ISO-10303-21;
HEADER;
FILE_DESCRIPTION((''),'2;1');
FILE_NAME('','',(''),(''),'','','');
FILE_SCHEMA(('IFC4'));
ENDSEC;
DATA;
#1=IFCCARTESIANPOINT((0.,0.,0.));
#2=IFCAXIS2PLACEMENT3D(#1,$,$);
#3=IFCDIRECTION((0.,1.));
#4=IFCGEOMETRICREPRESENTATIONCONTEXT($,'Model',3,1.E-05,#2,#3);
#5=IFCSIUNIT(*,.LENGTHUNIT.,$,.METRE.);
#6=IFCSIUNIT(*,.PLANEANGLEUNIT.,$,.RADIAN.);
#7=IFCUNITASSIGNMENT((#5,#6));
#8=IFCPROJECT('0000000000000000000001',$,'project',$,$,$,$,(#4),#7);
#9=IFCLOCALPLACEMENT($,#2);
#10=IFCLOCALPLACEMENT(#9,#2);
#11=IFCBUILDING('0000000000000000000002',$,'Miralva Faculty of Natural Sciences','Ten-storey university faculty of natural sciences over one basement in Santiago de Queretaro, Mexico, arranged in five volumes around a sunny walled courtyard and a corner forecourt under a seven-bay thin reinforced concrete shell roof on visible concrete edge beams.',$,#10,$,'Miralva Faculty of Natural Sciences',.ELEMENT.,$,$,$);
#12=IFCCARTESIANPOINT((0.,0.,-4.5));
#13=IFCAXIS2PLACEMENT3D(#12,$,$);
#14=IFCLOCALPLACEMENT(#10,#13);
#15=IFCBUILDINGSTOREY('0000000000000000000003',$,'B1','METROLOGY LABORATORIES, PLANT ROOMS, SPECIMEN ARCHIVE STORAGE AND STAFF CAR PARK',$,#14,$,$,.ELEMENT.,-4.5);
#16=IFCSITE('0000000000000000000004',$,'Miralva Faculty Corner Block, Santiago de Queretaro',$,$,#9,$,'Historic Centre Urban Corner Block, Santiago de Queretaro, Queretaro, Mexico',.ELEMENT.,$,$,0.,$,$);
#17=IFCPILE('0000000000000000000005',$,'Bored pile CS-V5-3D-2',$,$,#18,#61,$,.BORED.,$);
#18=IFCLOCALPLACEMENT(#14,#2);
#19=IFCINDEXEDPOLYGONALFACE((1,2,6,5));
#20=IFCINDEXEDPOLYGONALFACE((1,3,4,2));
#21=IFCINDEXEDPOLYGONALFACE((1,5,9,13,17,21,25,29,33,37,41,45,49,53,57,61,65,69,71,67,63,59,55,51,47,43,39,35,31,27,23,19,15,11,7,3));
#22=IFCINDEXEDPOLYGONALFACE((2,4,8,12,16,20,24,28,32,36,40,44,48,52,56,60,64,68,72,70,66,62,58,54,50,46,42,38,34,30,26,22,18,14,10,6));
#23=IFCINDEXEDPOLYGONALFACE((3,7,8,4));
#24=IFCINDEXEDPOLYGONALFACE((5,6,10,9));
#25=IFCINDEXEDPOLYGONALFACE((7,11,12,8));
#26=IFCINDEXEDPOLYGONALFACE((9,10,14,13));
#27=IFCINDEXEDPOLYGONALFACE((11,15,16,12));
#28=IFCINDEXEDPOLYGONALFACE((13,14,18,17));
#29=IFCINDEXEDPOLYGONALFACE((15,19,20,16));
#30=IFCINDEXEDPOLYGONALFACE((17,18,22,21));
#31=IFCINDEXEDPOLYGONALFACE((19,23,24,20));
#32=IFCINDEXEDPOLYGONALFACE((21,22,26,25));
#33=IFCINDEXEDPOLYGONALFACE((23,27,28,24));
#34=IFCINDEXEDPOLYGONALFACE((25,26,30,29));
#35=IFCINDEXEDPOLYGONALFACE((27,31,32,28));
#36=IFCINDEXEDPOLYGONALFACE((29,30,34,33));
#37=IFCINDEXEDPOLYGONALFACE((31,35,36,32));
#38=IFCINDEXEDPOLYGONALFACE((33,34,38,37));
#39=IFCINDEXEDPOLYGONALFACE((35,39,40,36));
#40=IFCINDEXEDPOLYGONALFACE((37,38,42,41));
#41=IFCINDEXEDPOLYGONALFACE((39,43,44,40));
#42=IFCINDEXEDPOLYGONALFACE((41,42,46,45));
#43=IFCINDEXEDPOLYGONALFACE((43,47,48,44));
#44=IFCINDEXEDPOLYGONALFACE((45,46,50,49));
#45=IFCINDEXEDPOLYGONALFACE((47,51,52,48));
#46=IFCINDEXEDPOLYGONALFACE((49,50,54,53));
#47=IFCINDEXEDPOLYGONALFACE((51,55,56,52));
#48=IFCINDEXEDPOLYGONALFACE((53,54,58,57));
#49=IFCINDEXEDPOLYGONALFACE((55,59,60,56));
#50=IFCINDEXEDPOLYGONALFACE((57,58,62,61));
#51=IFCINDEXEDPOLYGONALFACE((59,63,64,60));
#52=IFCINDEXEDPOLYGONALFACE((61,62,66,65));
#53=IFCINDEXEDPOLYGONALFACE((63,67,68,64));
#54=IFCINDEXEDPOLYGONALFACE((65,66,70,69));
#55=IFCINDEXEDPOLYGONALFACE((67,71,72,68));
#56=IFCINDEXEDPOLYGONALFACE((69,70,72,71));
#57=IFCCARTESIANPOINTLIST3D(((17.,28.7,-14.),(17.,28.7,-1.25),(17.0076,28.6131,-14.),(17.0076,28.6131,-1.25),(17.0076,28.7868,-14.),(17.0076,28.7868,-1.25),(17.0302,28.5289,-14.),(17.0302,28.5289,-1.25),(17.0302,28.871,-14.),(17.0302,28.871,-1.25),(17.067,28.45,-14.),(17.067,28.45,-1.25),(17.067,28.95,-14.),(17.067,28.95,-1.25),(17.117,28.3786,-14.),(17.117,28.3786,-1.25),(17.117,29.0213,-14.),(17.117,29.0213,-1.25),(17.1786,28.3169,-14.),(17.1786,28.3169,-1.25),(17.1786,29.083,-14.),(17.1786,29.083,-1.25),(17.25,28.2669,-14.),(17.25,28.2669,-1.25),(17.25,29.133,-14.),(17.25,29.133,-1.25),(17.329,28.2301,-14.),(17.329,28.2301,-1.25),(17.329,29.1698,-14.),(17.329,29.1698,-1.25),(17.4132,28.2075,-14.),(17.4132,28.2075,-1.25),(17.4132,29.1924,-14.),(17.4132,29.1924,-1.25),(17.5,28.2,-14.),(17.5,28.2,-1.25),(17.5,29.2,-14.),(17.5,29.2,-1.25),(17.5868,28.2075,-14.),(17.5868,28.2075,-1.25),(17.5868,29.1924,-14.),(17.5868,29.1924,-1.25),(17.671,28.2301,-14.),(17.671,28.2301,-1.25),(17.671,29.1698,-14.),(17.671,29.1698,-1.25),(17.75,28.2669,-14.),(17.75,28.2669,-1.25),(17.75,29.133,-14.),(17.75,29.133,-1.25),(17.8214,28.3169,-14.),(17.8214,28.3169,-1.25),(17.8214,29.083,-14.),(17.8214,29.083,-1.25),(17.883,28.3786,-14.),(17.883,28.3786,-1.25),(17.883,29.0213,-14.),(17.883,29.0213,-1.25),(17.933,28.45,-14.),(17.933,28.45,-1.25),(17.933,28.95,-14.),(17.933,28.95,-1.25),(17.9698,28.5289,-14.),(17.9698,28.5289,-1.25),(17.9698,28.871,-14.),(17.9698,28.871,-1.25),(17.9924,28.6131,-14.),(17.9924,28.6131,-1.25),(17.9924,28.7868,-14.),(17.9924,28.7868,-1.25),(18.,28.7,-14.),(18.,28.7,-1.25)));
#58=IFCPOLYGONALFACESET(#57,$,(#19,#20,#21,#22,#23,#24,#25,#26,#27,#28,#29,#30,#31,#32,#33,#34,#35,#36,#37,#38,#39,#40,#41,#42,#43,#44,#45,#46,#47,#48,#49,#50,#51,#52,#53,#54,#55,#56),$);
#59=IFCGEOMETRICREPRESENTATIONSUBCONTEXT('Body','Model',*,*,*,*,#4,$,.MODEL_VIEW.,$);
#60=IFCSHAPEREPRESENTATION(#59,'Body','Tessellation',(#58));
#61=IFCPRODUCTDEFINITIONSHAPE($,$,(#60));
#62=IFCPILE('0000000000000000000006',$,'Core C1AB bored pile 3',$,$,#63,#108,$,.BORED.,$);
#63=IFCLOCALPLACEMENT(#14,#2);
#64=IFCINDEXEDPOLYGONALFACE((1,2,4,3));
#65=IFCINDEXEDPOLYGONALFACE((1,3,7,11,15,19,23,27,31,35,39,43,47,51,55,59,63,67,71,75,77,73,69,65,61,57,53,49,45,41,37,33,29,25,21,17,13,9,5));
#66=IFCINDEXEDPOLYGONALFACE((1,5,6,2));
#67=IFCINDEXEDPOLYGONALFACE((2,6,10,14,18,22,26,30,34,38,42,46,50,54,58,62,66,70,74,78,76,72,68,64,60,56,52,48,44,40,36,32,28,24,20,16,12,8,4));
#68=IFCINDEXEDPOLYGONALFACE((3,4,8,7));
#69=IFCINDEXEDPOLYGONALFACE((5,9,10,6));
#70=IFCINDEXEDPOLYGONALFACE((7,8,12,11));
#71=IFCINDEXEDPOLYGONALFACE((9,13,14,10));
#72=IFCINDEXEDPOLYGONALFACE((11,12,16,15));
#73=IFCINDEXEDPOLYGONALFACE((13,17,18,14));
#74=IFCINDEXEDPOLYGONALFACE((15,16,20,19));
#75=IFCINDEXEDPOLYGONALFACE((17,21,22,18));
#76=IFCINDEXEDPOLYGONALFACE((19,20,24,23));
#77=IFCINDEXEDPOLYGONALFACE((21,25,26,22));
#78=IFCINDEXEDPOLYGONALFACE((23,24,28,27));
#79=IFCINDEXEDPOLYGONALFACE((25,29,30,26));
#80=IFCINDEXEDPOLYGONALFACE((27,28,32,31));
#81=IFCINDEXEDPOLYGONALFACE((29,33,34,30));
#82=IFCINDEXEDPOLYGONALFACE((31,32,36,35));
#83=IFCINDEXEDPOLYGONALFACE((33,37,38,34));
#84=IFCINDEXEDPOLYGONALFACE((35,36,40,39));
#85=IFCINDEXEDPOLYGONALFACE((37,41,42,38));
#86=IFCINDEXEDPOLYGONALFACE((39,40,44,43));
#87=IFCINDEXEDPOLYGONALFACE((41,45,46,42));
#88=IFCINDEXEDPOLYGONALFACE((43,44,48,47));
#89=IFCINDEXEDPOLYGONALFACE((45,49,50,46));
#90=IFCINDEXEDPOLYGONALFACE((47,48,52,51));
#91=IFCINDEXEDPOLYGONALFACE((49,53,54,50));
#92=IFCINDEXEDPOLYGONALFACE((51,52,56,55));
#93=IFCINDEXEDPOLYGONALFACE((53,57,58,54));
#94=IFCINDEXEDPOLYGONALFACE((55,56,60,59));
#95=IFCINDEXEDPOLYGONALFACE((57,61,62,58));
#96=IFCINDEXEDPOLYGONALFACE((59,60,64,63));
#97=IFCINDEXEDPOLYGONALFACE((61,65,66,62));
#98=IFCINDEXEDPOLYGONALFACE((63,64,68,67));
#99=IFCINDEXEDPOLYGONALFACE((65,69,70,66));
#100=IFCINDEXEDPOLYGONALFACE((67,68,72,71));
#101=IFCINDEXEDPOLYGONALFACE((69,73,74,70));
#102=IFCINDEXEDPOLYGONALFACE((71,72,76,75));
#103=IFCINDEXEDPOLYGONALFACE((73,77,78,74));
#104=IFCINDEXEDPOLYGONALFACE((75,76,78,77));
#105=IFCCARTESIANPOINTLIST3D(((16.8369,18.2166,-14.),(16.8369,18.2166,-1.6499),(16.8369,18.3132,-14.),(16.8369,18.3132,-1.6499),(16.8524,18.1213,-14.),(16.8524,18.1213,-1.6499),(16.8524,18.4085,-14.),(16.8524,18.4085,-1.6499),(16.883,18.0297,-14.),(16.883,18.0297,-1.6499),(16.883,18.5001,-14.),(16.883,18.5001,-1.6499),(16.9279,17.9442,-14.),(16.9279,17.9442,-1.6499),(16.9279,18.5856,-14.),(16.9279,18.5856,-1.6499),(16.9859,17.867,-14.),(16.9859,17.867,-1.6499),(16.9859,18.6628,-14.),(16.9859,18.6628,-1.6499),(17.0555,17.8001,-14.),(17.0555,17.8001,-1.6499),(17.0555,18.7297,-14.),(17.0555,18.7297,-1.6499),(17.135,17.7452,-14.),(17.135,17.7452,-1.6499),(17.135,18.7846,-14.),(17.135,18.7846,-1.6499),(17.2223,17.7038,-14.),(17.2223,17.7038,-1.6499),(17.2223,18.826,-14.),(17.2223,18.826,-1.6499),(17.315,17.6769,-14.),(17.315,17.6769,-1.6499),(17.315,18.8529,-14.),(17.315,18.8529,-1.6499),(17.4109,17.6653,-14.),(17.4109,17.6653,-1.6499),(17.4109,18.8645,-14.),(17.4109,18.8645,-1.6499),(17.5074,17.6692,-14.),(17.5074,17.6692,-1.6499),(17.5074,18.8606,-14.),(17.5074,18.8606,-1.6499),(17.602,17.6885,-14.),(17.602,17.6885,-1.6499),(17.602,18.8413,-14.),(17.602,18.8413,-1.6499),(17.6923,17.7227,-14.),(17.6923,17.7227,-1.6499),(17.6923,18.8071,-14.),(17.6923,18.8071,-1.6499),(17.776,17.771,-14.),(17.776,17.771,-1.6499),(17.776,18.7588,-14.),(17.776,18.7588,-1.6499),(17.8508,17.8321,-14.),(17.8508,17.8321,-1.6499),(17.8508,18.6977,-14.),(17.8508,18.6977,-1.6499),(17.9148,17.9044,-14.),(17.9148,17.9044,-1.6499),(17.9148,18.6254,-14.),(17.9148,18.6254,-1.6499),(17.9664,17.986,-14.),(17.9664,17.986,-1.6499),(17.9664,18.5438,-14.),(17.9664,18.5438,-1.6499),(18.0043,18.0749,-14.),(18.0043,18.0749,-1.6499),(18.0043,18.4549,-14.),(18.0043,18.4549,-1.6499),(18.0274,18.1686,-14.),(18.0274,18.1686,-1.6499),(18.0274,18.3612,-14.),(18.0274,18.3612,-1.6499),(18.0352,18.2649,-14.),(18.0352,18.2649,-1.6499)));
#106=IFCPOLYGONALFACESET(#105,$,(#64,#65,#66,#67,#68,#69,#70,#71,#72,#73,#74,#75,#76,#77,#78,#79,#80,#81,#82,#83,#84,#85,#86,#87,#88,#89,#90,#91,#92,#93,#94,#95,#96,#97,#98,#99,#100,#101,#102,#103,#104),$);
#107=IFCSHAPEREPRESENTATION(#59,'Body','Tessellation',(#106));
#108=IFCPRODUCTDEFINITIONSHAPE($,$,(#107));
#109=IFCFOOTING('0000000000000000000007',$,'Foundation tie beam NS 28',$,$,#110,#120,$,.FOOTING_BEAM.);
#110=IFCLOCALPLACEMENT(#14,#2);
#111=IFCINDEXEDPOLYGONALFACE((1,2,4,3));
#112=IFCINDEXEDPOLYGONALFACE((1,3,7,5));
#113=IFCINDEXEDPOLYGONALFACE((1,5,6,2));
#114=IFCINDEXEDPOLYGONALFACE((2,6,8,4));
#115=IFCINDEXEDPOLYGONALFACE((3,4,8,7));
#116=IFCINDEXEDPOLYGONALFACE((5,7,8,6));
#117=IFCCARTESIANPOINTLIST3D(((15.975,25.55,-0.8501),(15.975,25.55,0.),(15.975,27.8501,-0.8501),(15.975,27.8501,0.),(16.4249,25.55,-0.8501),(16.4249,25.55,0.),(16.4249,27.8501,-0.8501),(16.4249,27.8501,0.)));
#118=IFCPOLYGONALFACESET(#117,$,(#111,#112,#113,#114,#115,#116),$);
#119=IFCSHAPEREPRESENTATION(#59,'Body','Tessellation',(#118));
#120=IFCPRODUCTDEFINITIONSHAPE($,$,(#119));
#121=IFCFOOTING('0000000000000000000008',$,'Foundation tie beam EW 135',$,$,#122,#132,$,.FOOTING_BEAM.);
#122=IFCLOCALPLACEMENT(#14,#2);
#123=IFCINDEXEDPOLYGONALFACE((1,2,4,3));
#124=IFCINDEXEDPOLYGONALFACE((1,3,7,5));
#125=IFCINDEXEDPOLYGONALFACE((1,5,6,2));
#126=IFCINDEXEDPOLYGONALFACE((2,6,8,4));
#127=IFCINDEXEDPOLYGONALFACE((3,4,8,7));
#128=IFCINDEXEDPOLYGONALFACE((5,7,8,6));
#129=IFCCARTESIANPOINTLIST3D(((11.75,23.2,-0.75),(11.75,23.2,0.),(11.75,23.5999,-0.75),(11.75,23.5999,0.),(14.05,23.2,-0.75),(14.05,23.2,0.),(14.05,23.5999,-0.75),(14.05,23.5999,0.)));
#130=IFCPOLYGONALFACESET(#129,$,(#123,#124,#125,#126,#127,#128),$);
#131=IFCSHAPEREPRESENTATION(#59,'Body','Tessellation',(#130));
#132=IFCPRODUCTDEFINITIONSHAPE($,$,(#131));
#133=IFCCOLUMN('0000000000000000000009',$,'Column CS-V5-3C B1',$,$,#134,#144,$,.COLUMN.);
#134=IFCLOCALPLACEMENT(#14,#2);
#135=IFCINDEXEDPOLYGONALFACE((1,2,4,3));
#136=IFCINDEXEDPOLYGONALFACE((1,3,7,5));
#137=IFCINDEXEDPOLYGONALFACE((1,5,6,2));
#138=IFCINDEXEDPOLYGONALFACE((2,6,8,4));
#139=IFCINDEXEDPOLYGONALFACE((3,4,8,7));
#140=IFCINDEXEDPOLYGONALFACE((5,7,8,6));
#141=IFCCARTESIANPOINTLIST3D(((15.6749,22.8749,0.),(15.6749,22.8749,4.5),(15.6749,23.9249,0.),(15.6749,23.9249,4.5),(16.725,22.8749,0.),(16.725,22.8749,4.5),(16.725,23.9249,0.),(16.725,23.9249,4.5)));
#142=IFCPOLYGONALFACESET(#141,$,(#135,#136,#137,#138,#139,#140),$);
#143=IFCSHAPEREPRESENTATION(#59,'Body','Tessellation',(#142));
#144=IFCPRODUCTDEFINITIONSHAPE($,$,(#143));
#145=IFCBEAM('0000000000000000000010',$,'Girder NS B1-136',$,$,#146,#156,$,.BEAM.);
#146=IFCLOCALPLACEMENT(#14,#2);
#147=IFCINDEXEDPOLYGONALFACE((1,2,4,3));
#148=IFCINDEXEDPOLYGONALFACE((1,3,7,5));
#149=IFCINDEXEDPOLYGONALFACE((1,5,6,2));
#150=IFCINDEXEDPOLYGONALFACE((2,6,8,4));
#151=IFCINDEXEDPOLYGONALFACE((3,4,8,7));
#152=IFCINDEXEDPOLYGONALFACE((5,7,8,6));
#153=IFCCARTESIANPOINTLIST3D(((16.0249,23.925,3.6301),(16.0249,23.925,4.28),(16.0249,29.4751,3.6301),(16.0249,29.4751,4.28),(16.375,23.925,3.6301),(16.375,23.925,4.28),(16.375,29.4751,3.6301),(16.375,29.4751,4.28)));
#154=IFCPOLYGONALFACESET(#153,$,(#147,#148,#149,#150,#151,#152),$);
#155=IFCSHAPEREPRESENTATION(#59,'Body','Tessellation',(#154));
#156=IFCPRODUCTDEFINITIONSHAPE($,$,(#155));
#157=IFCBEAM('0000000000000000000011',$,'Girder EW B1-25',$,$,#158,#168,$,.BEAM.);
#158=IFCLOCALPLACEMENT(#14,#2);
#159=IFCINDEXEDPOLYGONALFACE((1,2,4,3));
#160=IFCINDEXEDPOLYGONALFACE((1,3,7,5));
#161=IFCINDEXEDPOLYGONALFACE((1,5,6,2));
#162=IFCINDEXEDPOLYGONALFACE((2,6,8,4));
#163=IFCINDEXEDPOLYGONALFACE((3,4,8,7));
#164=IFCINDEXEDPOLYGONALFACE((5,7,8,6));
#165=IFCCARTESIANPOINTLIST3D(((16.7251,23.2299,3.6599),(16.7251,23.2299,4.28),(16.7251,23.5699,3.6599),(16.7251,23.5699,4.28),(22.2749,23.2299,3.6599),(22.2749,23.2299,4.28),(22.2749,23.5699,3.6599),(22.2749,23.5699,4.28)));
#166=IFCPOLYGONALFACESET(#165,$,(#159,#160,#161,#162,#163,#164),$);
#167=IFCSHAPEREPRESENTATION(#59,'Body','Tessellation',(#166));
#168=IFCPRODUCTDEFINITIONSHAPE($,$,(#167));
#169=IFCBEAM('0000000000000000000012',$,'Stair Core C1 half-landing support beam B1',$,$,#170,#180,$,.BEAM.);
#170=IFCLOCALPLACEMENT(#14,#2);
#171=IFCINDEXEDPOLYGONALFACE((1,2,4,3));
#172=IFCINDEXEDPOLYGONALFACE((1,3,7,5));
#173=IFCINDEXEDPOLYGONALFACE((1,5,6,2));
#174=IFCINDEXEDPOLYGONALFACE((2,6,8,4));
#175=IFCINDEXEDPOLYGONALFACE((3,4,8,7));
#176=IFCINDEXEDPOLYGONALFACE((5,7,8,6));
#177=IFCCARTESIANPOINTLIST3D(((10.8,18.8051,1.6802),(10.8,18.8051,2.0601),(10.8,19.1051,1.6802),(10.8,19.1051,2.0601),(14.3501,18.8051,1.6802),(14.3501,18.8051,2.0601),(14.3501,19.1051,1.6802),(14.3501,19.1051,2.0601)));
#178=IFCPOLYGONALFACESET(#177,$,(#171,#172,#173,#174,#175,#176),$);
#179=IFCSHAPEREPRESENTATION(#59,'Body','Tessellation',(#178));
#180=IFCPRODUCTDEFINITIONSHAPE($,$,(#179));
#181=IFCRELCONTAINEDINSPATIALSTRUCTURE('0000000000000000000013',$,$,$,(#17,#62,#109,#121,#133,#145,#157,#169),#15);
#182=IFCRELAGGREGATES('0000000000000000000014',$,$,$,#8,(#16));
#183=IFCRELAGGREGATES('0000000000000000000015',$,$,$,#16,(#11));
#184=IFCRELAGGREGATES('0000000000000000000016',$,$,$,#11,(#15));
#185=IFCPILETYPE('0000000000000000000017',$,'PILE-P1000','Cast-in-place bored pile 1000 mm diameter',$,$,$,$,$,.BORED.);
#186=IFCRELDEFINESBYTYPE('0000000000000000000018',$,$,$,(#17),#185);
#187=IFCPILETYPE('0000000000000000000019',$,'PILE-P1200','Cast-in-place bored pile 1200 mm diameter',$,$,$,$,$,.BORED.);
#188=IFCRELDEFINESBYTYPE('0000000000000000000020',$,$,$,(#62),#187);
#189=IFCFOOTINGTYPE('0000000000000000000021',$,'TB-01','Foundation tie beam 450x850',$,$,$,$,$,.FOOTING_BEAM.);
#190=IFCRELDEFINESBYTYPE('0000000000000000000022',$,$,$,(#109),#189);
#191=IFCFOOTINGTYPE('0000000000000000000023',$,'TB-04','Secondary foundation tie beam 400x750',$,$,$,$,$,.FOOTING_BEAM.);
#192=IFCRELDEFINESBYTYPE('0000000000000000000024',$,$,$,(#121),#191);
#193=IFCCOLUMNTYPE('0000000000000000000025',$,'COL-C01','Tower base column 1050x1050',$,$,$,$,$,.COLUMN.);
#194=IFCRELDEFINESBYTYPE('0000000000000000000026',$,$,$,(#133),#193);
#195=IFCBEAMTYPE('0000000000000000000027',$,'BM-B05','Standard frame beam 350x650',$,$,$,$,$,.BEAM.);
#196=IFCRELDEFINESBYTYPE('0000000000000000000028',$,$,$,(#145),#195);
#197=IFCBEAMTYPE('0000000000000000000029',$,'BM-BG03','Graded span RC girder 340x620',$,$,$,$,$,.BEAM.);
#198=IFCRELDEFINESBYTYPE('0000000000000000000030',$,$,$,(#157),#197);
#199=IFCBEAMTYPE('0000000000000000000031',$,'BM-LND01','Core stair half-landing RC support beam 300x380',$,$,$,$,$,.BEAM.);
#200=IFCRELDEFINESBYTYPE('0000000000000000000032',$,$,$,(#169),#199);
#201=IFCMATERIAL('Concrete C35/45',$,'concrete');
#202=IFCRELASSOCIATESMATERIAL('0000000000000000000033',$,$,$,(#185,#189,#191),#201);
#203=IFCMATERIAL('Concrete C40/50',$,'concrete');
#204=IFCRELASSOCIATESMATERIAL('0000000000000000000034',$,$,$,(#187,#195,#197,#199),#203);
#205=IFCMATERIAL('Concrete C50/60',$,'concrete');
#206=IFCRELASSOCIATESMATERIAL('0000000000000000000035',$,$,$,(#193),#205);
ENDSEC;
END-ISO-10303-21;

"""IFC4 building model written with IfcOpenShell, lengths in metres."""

from ifc_helpers import new_model, si_unit, direction, frame, origin, origin_2d, place, context, subcontext, project, spatial, rectangle, circle, extrude, material, material_profile, profile_set, type_object, element, save


model = new_model("IFC4")

# Units and contexts
model_context = context("Model", 3, precision=1e-05, world=origin(), true_north=direction((0.0, 1.0)))
body_context = subcontext(model_context, "Body", "Model", "MODEL_VIEW")
ifc_project = project(units=[si_unit("LENGTHUNIT", "METRE"), si_unit("PLANEANGLEUNIT", "RADIAN")], contexts=[model_context])

# Site, building, storey
site_placement = place(None, origin())
site = spatial("IfcSite", under=ifc_project, at=site_placement, Name="Miralva Faculty Corner Block, Santiago de Queretaro", LongName="Historic Centre Urban Corner Block, Santiago de Queretaro, Queretaro, Mexico", CompositionType="ELEMENT", RefElevation=0.0)
building_placement = place(site_placement, origin())
building = spatial("IfcBuilding", under=site, at=building_placement, Name="Miralva Faculty of Natural Sciences", Description="Ten-storey university faculty of natural sciences over one basement in Santiago de Queretaro, Mexico, arranged in five volumes around a sunny walled courtyard and a corner forecourt under a seven-bay thin reinforced concrete shell roof on visible concrete edge beams.", LongName="Miralva Faculty of Natural Sciences", CompositionType="ELEMENT")
storey_placement = place(building_placement, frame((0.0, 0.0, -4.5)))
storey = spatial("IfcBuildingStorey", under=building, at=storey_placement, Name="B1", Description="METROLOGY LABORATORIES, PLANT ROOMS, SPECIMEN ARCHIVE STORAGE AND STAFF CAR PARK", CompositionType="ELEMENT", Elevation=-4.5)

# Shared definitions
ifc_material_1 = material(Name="Concrete C35/45", Category="concrete")

# Piles
ifc_material_profile_1 = material_profile(ifc_material_1, circle(Radius=0.5, at=origin_2d()), Name="BORED PILE 1000")
ifc_profile_set_1 = profile_set([ifc_material_profile_1], Name="Concrete C35/45")
pile_type_1 = type_object("IfcPileType", Name="PILE-P1000", Description="Cast-in-place bored pile 1000 mm diameter", PredefinedType="BORED", material=ifc_profile_set_1)
for number, where, z_axis, x_axis, name in (
    (1, (17.5, 28.7, -1.25), (0.0, 0.0, -1.0), (1.0, 0.0, 0.0), "Bored pile CS-V5-3D-2"),
):
    element("IfcPile", number, at=place(storey_placement, frame(where, z_axis=z_axis, x_axis=x_axis)), inside=storey, type_object=pile_type_1, Name=name, PredefinedType="BORED", context=body_context, shape_type="SweptSolid", body=[
        extrude(circle(Radius=0.5, at=origin_2d()), origin(), (0.0, 0.0, 1.0), 12.75),
    ])
ifc_material_2 = material(Name="Concrete C40/50", Category="concrete")
ifc_material_profile_2 = material_profile(ifc_material_2, circle(Radius=0.6001, at=origin_2d()), Name="BORED PILE 1200")
ifc_profile_set_2 = profile_set([ifc_material_profile_2], Name="Concrete C40/50")
pile_type_2 = type_object("IfcPileType", Name="PILE-P1200", Description="Cast-in-place bored pile 1200 mm diameter", PredefinedType="BORED", material=ifc_profile_set_2)
pile_placement = place(storey_placement, frame((17.4351, 18.2649, -1.6499), z_axis=(0.0, 0.0, -1.0), x_axis=(1.0, 0.0, 0.0)))
element("IfcPile", 2, at=pile_placement, inside=storey, type_object=pile_type_2, Name="Core C1AB bored pile 3", PredefinedType="BORED", context=body_context, shape_type="SweptSolid", body=[
    extrude(circle(Radius=0.6001, at=origin_2d()), origin(), (0.0, 0.0, 1.0), 12.3501),
])

# Footings
ifc_material_profile_3 = material_profile(ifc_material_1, rectangle(XDim=0.45, YDim=0.8501, at=origin_2d()), Name="RC 450x850")
ifc_profile_set_3 = profile_set([ifc_material_profile_3], Name="Concrete C35/45")
footing_type_1 = type_object("IfcFootingType", Name="TB-01", Description="Foundation tie beam 450x850", PredefinedType="FOOTING_BEAM", material=ifc_profile_set_3)
footing_1_placement = place(storey_placement, frame((16.2, 25.55, -0.425), z_axis=(0.0, 1.0, 0.0), x_axis=(-1.0, 0.0, 0.0)))
element("IfcFooting", 3, at=footing_1_placement, inside=storey, type_object=footing_type_1, Name="Foundation tie beam NS 28", PredefinedType="FOOTING_BEAM", context=body_context, shape_type="SweptSolid", body=[
    extrude(rectangle(XDim=0.45, YDim=0.8501, at=origin_2d()), origin(), (0.0, 0.0, 1.0), 2.3),
])
ifc_material_profile_4 = material_profile(ifc_material_1, rectangle(XDim=0.3999, YDim=0.75, at=origin_2d()), Name="RC 400x750")
ifc_profile_set_4 = profile_set([ifc_material_profile_4], Name="Concrete C35/45")
footing_type_2 = type_object("IfcFootingType", Name="TB-04", Description="Secondary foundation tie beam 400x750", PredefinedType="FOOTING_BEAM", material=ifc_profile_set_4)
footing_2_placement = place(storey_placement, frame((11.75, 23.3999, -0.375), z_axis=(1.0, 0.0, 0.0), x_axis=(0.0, 1.0, 0.0)))
element("IfcFooting", 4, at=footing_2_placement, inside=storey, type_object=footing_type_2, Name="Foundation tie beam EW 135", PredefinedType="FOOTING_BEAM", context=body_context, shape_type="SweptSolid", body=[
    extrude(rectangle(XDim=0.3999, YDim=0.75, at=origin_2d()), origin(), (0.0, 0.0, 1.0), 2.3),
])

# Column
ifc_material_3 = material(Name="Concrete C50/60", Category="concrete")
ifc_material_profile_5 = material_profile(ifc_material_3, rectangle(XDim=1.05, YDim=1.05, at=origin_2d()), Name="RC 1050x1050")
ifc_profile_set_5 = profile_set([ifc_material_profile_5], Name="Concrete C50/60")
column_type = type_object("IfcColumnType", Name="COL-C01", Description="Tower base column 1050x1050", PredefinedType="COLUMN", material=ifc_profile_set_5)
column_placement = place(storey_placement, frame((16.2, 23.3999, 0.0), z_axis=(0.0, 0.0, 1.0), x_axis=(1.0, 0.0, 0.0)))
element("IfcColumn", 5, at=column_placement, inside=storey, type_object=column_type, Name="Column CS-V5-3C B1", PredefinedType="COLUMN", context=body_context, shape_type="SweptSolid", body=[
    extrude(rectangle(XDim=1.05, YDim=1.05, at=origin_2d()), origin(), (0.0, 0.0, 1.0), 4.5),
])

# Beams
ifc_material_profile_6 = material_profile(ifc_material_2, rectangle(XDim=0.3501, YDim=0.6499, at=origin_2d()), Name="RC 350x650")
ifc_profile_set_6 = profile_set([ifc_material_profile_6], Name="Concrete C40/50")
beam_type_1 = type_object("IfcBeamType", Name="BM-B05", Description="Standard frame beam 350x650", PredefinedType="BEAM", material=ifc_profile_set_6)
beam_1_placement = place(storey_placement, frame((16.2, 23.925, 3.9551), z_axis=(0.0, 1.0, 0.0), x_axis=(-1.0, 0.0, 0.0)))
element("IfcBeam", 6, at=beam_1_placement, inside=storey, type_object=beam_type_1, Name="Girder NS B1-136", PredefinedType="BEAM", context=body_context, shape_type="SweptSolid", body=[
    extrude(rectangle(XDim=0.3501, YDim=0.6499, at=origin_2d()), origin(), (0.0, 0.0, 1.0), 5.55),
])
ifc_material_profile_7 = material_profile(ifc_material_2, rectangle(XDim=0.3401, YDim=0.6201, at=origin_2d()), Name="RC 340x620")
ifc_profile_set_7 = profile_set([ifc_material_profile_7], Name="Concrete C40/50")
beam_type_2 = type_object("IfcBeamType", Name="BM-BG03", Description="Graded span RC girder 340x620", PredefinedType="BEAM", material=ifc_profile_set_7)
beam_2_placement = place(storey_placement, frame((16.7251, 23.3999, 3.97), z_axis=(1.0, 0.0, 0.0), x_axis=(0.0, 1.0, 0.0)))
element("IfcBeam", 7, at=beam_2_placement, inside=storey, type_object=beam_type_2, Name="Girder EW B1-25", PredefinedType="BEAM", context=body_context, shape_type="SweptSolid", body=[
    extrude(rectangle(XDim=0.3401, YDim=0.6201, at=origin_2d()), origin(), (0.0, 0.0, 1.0), 5.5498),
])
ifc_material_profile_8 = material_profile(ifc_material_2, rectangle(XDim=0.3, YDim=0.3799, at=origin_2d()), Name="RC 300x380")
ifc_profile_set_8 = profile_set([ifc_material_profile_8], Name="Concrete C40/50")
beam_type_3 = type_object("IfcBeamType", Name="BM-LND01", Description="Core stair half-landing RC support beam 300x380", PredefinedType="BEAM", material=ifc_profile_set_8)
beam_3_placement = place(storey_placement, frame((10.8, 18.9551, 1.8701), z_axis=(1.0, 0.0, 0.0), x_axis=(0.0, 1.0, 0.0)))
element("IfcBeam", 8, at=beam_3_placement, inside=storey, type_object=beam_type_3, Name="Stair Core C1 half-landing support beam B1", PredefinedType="BEAM", context=body_context, shape_type="SweptSolid", body=[
    extrude(rectangle(XDim=0.3, YDim=0.3799, at=origin_2d()), origin(), (0.0, 0.0, 1.0), 3.55),
])

save(model, "model.ifc")
